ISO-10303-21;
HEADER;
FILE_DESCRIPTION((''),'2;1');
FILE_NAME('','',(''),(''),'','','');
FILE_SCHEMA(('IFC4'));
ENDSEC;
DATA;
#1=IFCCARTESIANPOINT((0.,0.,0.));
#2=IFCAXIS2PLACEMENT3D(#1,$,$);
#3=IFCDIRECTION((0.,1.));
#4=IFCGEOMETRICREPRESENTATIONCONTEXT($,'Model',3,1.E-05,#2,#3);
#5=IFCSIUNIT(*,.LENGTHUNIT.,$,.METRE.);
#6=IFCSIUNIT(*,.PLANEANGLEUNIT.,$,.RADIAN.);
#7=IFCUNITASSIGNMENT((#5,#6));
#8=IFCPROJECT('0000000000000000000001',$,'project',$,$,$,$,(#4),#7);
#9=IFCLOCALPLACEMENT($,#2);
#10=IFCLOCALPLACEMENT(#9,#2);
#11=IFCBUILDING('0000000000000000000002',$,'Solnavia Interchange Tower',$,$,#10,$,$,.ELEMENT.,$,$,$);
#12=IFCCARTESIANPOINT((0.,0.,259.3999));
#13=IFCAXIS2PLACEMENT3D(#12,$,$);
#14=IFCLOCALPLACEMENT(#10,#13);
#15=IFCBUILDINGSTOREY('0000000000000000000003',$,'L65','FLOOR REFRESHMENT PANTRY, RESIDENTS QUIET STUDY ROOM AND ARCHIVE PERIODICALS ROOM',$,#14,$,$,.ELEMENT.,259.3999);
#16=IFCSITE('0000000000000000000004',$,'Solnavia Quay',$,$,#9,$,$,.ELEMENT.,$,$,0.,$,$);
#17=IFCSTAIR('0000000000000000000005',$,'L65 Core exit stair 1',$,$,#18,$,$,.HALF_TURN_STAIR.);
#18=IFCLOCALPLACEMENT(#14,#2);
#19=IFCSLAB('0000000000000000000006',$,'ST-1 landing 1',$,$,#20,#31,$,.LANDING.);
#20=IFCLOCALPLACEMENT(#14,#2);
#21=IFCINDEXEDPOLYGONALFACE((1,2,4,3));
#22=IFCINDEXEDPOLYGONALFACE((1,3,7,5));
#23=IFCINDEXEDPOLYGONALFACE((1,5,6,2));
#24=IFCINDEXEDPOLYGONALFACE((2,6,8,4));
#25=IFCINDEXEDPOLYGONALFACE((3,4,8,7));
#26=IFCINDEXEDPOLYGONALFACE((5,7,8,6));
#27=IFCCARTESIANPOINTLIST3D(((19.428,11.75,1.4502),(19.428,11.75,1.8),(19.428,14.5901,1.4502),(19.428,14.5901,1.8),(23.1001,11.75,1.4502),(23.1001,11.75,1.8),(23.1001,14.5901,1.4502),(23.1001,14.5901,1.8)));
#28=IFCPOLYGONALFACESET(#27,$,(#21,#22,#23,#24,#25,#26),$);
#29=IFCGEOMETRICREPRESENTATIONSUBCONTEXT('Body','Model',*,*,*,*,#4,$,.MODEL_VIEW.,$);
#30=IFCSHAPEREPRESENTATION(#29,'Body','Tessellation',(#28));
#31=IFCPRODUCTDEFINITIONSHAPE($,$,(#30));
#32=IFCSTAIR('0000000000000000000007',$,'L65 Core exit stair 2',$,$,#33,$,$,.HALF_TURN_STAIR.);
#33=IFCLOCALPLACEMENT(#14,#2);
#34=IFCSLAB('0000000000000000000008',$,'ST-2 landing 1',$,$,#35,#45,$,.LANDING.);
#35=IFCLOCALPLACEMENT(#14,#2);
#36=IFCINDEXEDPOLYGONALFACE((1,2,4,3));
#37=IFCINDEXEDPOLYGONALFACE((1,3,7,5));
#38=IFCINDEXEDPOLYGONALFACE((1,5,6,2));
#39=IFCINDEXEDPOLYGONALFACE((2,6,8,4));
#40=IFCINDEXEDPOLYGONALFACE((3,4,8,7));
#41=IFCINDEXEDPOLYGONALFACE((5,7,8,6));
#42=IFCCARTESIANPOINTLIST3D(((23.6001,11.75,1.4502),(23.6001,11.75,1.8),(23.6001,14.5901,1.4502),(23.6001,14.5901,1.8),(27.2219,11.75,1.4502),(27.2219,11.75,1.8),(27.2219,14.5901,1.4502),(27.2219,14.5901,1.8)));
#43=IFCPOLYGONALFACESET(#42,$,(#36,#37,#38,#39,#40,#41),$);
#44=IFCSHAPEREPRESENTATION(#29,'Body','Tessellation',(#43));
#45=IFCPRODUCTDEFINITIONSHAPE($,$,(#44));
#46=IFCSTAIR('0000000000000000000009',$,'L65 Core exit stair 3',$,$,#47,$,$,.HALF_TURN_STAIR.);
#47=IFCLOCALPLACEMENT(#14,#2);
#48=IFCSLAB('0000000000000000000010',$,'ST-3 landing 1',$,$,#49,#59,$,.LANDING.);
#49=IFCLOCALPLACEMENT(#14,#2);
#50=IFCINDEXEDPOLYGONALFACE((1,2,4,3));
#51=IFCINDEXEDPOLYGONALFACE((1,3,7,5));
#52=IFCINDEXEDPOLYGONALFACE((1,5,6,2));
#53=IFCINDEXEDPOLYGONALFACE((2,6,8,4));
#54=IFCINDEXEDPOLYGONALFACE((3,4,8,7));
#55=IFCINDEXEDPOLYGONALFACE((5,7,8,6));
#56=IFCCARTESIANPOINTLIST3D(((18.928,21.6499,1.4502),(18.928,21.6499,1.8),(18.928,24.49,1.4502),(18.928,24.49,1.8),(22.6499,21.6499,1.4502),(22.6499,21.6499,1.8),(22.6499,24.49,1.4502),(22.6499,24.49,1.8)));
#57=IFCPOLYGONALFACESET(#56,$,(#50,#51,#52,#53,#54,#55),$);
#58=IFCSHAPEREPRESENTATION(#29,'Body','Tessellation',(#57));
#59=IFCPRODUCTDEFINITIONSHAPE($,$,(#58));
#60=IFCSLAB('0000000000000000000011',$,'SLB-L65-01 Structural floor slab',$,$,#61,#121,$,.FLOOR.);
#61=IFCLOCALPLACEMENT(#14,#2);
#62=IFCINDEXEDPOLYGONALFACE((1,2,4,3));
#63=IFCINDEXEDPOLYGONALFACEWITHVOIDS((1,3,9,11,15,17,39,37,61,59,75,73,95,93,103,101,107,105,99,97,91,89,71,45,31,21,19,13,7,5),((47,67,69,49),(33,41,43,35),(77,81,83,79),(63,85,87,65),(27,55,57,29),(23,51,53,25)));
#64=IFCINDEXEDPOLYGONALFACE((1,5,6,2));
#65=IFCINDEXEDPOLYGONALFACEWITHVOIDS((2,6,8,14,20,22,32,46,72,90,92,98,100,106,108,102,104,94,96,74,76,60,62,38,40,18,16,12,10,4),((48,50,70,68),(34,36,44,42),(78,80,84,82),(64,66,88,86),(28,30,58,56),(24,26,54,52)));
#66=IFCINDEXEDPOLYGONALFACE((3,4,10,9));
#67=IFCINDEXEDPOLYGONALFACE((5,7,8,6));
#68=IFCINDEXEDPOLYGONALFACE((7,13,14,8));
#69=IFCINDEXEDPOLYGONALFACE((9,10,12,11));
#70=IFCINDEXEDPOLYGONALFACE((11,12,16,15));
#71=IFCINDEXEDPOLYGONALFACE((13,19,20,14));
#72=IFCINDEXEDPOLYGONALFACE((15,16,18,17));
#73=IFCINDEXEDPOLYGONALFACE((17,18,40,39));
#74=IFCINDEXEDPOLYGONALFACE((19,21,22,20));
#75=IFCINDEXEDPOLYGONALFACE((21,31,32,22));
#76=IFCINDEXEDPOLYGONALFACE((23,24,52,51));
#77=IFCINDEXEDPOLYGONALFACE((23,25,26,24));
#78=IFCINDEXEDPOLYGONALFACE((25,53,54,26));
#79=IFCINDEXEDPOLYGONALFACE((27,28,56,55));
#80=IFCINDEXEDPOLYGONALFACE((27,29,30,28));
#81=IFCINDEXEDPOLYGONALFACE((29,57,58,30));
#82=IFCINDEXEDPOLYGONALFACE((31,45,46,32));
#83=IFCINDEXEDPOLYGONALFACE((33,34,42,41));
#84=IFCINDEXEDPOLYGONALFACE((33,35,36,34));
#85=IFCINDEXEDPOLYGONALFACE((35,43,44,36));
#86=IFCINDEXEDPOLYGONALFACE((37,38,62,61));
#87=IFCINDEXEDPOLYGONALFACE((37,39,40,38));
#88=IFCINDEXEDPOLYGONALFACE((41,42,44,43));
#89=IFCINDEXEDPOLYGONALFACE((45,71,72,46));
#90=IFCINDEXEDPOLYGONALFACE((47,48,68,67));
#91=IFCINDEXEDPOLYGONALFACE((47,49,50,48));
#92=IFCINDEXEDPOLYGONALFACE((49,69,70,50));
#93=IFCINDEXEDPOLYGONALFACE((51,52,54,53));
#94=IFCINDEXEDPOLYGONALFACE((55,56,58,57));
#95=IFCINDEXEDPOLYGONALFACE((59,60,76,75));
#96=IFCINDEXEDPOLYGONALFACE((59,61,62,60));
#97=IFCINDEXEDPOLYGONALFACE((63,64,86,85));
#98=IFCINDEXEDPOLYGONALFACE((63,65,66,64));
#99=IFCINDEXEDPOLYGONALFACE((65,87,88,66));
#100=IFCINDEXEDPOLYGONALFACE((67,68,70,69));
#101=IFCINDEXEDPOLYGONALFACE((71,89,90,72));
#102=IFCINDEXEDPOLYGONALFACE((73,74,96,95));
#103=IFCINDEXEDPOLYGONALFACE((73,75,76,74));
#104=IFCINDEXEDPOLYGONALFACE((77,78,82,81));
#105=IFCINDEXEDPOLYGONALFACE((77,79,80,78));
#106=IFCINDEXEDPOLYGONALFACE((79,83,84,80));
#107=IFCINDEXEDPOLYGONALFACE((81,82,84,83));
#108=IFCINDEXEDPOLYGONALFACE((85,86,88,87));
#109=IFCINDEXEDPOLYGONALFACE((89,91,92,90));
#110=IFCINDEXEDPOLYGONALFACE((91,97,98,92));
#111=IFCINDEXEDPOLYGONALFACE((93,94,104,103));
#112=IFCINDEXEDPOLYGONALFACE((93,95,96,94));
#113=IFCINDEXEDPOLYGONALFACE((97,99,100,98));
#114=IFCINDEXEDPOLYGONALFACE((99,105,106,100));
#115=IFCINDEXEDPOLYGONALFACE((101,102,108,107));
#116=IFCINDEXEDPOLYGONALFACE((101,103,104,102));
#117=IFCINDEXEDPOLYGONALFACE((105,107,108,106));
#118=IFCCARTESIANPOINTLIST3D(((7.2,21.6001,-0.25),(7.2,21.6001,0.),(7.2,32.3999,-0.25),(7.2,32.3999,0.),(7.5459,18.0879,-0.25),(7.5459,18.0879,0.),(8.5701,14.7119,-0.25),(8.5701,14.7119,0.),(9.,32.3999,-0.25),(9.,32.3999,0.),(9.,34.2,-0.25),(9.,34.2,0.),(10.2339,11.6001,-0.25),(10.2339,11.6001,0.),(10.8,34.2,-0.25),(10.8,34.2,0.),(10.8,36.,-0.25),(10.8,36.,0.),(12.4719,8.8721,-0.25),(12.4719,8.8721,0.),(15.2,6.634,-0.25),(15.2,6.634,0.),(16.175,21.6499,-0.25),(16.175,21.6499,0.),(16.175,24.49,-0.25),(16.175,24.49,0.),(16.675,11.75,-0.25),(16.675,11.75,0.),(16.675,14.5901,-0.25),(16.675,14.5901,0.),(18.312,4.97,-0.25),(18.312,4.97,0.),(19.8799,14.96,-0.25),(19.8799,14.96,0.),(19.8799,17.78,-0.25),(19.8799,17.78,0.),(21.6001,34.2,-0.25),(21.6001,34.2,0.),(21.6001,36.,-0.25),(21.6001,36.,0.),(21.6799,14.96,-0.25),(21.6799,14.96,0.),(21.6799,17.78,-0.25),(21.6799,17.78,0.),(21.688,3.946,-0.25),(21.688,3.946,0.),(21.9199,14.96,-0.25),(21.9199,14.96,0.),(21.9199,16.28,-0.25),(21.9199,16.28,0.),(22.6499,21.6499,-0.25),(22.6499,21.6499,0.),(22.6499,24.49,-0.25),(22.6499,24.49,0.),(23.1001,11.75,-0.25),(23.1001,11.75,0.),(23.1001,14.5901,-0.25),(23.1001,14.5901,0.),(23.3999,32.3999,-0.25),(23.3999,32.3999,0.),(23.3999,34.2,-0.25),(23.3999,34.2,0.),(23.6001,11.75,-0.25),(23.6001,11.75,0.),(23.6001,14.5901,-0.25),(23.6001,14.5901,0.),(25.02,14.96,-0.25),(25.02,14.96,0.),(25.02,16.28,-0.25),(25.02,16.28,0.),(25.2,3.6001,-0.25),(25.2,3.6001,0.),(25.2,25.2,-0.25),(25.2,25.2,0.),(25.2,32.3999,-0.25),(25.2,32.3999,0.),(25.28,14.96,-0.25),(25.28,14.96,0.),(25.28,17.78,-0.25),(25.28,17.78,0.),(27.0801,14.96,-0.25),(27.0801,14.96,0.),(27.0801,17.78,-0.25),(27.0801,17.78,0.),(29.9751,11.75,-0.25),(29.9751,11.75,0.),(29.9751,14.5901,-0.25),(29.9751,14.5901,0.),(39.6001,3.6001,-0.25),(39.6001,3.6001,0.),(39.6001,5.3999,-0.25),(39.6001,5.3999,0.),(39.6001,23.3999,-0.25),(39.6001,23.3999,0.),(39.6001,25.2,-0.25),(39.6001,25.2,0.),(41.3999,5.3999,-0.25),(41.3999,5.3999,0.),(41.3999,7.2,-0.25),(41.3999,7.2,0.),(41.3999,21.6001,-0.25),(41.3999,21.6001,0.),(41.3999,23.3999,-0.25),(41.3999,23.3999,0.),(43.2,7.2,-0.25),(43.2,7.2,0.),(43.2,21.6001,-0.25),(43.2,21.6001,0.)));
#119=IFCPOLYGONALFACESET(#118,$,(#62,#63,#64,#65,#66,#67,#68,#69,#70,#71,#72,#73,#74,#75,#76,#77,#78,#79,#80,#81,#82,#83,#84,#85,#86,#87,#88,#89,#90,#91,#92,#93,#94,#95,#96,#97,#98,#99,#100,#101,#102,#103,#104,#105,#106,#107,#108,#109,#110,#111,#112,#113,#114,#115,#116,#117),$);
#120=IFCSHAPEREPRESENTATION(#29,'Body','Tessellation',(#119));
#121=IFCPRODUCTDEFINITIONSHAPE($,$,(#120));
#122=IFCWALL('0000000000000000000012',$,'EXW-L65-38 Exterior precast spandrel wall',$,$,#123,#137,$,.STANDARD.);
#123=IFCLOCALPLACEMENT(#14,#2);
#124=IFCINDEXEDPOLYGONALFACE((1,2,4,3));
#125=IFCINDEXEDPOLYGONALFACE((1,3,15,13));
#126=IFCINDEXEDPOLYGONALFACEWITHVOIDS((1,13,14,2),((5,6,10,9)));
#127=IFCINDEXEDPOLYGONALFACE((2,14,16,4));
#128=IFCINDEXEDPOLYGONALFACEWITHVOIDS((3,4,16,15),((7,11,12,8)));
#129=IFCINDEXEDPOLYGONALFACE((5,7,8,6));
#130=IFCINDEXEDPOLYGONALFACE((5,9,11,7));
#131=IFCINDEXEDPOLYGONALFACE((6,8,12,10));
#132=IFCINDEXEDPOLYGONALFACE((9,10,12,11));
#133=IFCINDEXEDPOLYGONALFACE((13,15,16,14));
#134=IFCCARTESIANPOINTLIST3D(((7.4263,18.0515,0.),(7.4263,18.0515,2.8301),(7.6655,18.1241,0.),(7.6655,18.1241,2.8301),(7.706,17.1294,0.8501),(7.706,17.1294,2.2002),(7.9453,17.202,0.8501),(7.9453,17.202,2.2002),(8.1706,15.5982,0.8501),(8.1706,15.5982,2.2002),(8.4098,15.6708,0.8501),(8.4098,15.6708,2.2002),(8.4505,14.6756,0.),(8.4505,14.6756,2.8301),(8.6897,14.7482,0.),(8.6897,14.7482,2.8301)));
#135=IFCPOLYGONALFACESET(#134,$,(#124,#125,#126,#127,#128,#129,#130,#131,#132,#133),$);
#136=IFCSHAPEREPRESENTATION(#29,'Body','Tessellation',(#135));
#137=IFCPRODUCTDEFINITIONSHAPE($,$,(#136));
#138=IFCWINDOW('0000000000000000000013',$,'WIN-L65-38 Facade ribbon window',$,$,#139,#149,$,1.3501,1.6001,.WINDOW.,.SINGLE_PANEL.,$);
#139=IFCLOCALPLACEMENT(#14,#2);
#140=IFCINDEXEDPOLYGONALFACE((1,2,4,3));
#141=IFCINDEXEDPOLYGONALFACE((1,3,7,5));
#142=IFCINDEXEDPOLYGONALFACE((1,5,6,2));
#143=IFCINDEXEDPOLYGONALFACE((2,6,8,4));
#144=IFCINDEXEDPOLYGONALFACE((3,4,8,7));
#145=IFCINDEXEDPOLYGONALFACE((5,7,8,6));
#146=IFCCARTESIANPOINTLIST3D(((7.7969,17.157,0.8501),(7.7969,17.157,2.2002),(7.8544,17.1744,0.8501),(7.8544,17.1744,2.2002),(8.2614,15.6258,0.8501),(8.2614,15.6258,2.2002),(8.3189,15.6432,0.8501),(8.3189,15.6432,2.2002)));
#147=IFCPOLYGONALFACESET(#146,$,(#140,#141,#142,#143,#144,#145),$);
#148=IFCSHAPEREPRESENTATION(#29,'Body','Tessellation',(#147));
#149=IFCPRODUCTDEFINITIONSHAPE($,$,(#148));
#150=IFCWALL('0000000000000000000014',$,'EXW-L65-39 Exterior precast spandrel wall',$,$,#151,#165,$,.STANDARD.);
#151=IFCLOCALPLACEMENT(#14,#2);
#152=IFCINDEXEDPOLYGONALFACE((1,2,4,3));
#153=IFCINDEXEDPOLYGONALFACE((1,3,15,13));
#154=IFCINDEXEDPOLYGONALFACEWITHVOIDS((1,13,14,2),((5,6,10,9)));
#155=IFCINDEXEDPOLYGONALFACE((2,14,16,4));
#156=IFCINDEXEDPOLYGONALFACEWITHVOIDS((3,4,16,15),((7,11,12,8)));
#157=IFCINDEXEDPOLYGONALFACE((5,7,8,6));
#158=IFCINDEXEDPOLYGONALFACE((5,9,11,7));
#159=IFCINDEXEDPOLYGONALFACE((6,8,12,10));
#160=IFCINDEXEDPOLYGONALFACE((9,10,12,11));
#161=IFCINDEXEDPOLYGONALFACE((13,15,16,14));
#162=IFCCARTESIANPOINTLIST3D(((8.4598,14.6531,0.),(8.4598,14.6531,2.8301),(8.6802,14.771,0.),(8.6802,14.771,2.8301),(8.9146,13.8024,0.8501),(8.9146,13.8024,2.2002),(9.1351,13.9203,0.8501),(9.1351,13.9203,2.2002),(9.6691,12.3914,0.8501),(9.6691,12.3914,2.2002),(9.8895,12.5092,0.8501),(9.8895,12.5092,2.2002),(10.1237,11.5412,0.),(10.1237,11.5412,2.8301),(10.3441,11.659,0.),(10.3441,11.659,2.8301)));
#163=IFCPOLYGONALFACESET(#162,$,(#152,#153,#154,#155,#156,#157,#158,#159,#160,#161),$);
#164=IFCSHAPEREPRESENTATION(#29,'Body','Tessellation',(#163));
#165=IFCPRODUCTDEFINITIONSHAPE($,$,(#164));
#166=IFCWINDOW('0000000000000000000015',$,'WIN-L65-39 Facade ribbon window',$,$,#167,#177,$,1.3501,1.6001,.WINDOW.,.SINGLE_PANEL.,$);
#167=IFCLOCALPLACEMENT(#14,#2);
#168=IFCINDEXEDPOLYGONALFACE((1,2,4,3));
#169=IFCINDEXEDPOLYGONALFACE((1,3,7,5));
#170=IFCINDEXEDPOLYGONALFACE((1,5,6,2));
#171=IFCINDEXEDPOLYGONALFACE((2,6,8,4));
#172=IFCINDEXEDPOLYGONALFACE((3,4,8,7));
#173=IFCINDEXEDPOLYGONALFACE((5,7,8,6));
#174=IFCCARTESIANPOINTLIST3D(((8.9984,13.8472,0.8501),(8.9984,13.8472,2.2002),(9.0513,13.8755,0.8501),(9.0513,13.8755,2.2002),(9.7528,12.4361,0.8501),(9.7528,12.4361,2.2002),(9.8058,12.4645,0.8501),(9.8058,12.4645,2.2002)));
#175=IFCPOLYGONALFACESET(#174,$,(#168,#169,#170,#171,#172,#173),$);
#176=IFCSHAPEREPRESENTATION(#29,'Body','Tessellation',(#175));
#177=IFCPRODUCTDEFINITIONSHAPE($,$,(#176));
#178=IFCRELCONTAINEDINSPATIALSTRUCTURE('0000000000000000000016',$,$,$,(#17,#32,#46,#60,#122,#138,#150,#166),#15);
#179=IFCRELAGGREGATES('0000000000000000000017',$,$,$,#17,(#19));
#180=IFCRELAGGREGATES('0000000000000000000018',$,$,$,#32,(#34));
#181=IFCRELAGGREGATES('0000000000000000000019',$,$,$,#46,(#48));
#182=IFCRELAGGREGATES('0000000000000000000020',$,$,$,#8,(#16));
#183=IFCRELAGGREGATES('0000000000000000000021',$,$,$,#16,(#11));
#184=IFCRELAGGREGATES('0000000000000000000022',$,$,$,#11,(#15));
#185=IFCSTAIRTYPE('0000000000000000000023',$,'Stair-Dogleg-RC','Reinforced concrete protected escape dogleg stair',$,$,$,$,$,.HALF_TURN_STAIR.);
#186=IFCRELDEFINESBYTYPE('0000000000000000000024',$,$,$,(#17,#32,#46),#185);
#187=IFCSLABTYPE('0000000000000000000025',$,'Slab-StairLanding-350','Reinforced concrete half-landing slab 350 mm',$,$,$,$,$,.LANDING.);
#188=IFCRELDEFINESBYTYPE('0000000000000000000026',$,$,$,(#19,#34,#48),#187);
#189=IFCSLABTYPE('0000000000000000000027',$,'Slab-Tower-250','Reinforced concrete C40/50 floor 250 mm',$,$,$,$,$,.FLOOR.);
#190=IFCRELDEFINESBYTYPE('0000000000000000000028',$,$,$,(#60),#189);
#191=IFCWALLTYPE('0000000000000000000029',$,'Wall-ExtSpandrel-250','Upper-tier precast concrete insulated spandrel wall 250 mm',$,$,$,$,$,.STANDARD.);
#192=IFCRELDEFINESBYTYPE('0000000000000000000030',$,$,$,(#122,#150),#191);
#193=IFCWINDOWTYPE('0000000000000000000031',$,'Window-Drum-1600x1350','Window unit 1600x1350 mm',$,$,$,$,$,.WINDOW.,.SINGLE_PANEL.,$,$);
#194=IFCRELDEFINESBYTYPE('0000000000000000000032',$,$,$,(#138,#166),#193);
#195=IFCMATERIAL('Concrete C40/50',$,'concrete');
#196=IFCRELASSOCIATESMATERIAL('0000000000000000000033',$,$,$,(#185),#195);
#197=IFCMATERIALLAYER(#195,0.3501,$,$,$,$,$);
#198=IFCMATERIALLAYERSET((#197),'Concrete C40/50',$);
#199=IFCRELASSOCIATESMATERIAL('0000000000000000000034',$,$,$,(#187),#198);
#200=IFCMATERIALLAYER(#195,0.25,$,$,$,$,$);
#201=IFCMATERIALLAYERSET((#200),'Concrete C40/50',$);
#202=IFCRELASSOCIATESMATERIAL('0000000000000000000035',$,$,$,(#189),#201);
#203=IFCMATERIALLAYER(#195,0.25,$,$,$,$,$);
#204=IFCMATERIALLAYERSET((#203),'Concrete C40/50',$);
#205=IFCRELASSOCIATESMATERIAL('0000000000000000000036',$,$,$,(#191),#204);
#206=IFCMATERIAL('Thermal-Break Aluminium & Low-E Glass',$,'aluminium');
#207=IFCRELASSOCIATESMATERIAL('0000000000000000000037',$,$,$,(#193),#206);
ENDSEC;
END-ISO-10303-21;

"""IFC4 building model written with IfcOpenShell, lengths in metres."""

from ifc_helpers import new_model, si_unit, direction, frame, frame_2d, origin, place, context, subcontext, project, spatial, polyline, rectangle, outline, extrude, material, layer, layer_set, type_object, element, fill, aggregate, save


model = new_model("IFC4")

# Units and contexts
model_context = context("Model", 3, precision=1e-05, world=origin(), true_north=direction((0.0, 1.0)))
body_context = subcontext(model_context, "Body", "Model", "MODEL_VIEW")
ifc_project = project(units=[si_unit("LENGTHUNIT", "METRE"), si_unit("PLANEANGLEUNIT", "RADIAN")], contexts=[model_context])

# Site, building, storey
site_placement = place(None, origin())
site = spatial("IfcSite", under=ifc_project, at=site_placement, Name="Solnavia Quay", CompositionType="ELEMENT", RefElevation=0.0)
building_placement = place(site_placement, origin())
building = spatial("IfcBuilding", under=site, at=building_placement, Name="Solnavia Interchange Tower", CompositionType="ELEMENT")
storey_placement = place(building_placement, frame((0.0, 0.0, 259.3999)))
storey = spatial("IfcBuildingStorey", under=building, at=storey_placement, Name="L65", Description="FLOOR REFRESHMENT PANTRY, RESIDENTS QUIET STUDY ROOM AND ARCHIVE PERIODICALS ROOM", CompositionType="ELEMENT", Elevation=259.3999)

# Stairs, slabs
ifc_material_1 = material(Name="Concrete C40/50", Category="concrete")
stair_type = type_object("IfcStairType", Name="Stair-Dogleg-RC", Description="Reinforced concrete protected escape dogleg stair", PredefinedType="HALF_TURN_STAIR", material=ifc_material_1)
stair_1_placement = place(storey_placement, origin())
stair_1 = element("IfcStair", 1, at=stair_1_placement, inside=storey, type_object=stair_type, Name="L65 Core exit stair 1", PredefinedType="HALF_TURN_STAIR")
ifc_layer_1 = layer(ifc_material_1, 0.3501)
ifc_layer_set_1 = layer_set([ifc_layer_1], Name="Concrete C40/50")
slab_type_1 = type_object("IfcSlabType", Name="Slab-StairLanding-350", Description="Reinforced concrete half-landing slab 350 mm", PredefinedType="LANDING", material=ifc_layer_set_1)
slab_1_placement = place(storey_placement, frame((0.0, 0.0, 1.4502)))
slab_1 = element("IfcSlab", 2, at=slab_1_placement, type_object=slab_type_1, Name="ST-1 landing 1", PredefinedType="LANDING", context=body_context, shape_type="SweptSolid", body=[
    extrude(outline(polyline([(19.428, 11.75), (23.1001, 11.75), (23.1001, 14.5901), (19.428, 14.5901), (19.428, 11.75)])), origin(), (0.0, 0.0, 1.0), 0.3499),
])
aggregate(stair_1, [slab_1])
stair_2_placement = place(storey_placement, origin())
stair_2 = element("IfcStair", 3, at=stair_2_placement, inside=storey, type_object=stair_type, Name="L65 Core exit stair 2", PredefinedType="HALF_TURN_STAIR")
slab_2_placement = place(storey_placement, frame((0.0, 0.0, 1.4502)))
slab_2 = element("IfcSlab", 4, at=slab_2_placement, type_object=slab_type_1, Name="ST-2 landing 1", PredefinedType="LANDING", context=body_context, shape_type="SweptSolid", body=[
    extrude(outline(polyline([(23.6001, 11.75), (27.2219, 11.75), (27.2219, 14.5901), (23.6001, 14.5901), (23.6001, 11.75)])), origin(), (0.0, 0.0, 1.0), 0.3499),
])
aggregate(stair_2, [slab_2])
stair_3_placement = place(storey_placement, origin())
stair_3 = element("IfcStair", 5, at=stair_3_placement, inside=storey, type_object=stair_type, Name="L65 Core exit stair 3", PredefinedType="HALF_TURN_STAIR")
slab_3_placement = place(storey_placement, frame((0.0, 0.0, 1.4502)))
slab_3 = element("IfcSlab", 6, at=slab_3_placement, type_object=slab_type_1, Name="ST-3 landing 1", PredefinedType="LANDING", context=body_context, shape_type="SweptSolid", body=[
    extrude(outline(polyline([(18.928, 21.6499), (22.6499, 21.6499), (22.6499, 24.49), (18.928, 24.49), (18.928, 21.6499)])), origin(), (0.0, 0.0, 1.0), 0.3499),
])
aggregate(stair_3, [slab_3])

# Slab
ifc_layer_2 = layer(ifc_material_1, 0.25)
ifc_layer_set_2 = layer_set([ifc_layer_2], Name="Concrete C40/50")
slab_type_2 = type_object("IfcSlabType", Name="Slab-Tower-250", Description="Reinforced concrete C40/50 floor 250 mm", PredefinedType="FLOOR", material=ifc_layer_set_2)
slab_4_placement = place(storey_placement, frame((0.0, 0.0, -0.25)))
element("IfcSlab", 7, at=slab_4_placement, inside=storey, type_object=slab_type_2, Name="SLB-L65-01 Structural floor slab", PredefinedType="FLOOR", context=body_context, shape_type="SweptSolid", body=[
    extrude(outline(polyline([(25.2, 3.6001), (39.6001, 3.6001), (39.6001, 5.3999), (41.3999, 5.3999), (41.3999, 7.2), (43.2, 7.2), (43.2, 21.6001), (41.3999, 21.6001), (41.3999, 23.3999), (39.6001, 23.3999), (39.6001, 25.2), (25.2, 25.2), (25.2, 32.3999), (23.3999, 32.3999), (23.3999, 34.2), (21.6001, 34.2), (21.6001, 36.0), (10.8, 36.0), (10.8, 34.2), (9.0, 34.2), (9.0, 32.3999), (7.2, 32.3999), (7.2, 21.6001), (7.5459, 18.0879), (8.5701, 14.7119), (10.2339, 11.6001), (12.4719, 8.8721), (15.2, 6.634), (18.312, 4.97), (21.688, 3.946), (25.2, 3.6001)]), holes=[polyline([(16.675, 11.75), (23.1001, 11.75), (23.1001, 14.5901), (16.675, 14.5901), (16.675, 11.75)]), polyline([(23.6001, 11.75), (29.9751, 11.75), (29.9751, 14.5901), (23.6001, 14.5901), (23.6001, 11.75)]), polyline([(16.175, 21.6499), (22.6499, 21.6499), (22.6499, 24.49), (16.175, 24.49), (16.175, 21.6499)]), polyline([(19.8799, 14.96), (21.6799, 14.96), (21.6799, 17.78), (19.8799, 17.78), (19.8799, 14.96)]), polyline([(25.28, 14.96), (27.0801, 14.96), (27.0801, 17.78), (25.28, 17.78), (25.28, 14.96)]), polyline([(21.9199, 14.96), (25.02, 14.96), (25.02, 16.28), (21.9199, 16.28), (21.9199, 14.96)])]), origin(), (0.0, 0.0, 1.0), 0.25),
])

# Walls, openings, windows
ifc_layer_3 = layer(ifc_material_1, 0.25)
ifc_layer_set_3 = layer_set([ifc_layer_3], Name="Concrete C40/50")
wall_type_1 = type_object("IfcWallType", Name="Wall-ExtSpandrel-250", Description="Upper-tier precast concrete insulated spandrel wall 250 mm", PredefinedType="STANDARD", material=ifc_layer_set_3)
wall_1_placement = place(storey_placement, frame((8.5701, 14.7119, 0.0), z_axis=(0.0, 0.0, 1.0), x_axis=(-0.290305, 0.956934, 0.0)))
wall_1 = element("IfcWall", 8, at=wall_1_placement, inside=storey, type_object=wall_type_1, Name="EXW-L65-38 Exterior precast spandrel wall", PredefinedType="STANDARD", context=body_context, shape_type="SweptSolid", body=[
    extrude(rectangle(XDim=3.5278, YDim=0.25, at=frame_2d((1.7639, 0.0))), origin(), (0.0, 0.0, 1.0), 2.8301),
])
opening_1_placement = place(wall_1_placement, frame((0.9641, 0.0, 0.8501)))
opening_1 = element("IfcOpeningElement", 9, at=opening_1_placement, cuts=wall_1, PredefinedType="OPENING", context=body_context, shape_type="SweptSolid", body=[
    extrude(rectangle(XDim=1.6001, YDim=1.3501, at=frame_2d((0.8, 0.675))), frame((0.0, 0.135, 0.0), z_axis=(0.0, -1.0, 0.0), x_axis=(1.0, 0.0, 0.0)), (0.0, 0.0, 1.0), 0.27),
])
ifc_material_2 = material(Name="Thermal-Break Aluminium & Low-E Glass", Category="aluminium")
window_type = type_object("IfcWindowType", Name="Window-Drum-1600x1350", Description="Window unit 1600x1350 mm", PartitioningType="SINGLE_PANEL", PredefinedType="WINDOW", material=ifc_material_2)
window_1_placement = place(opening_1_placement, origin())
window_1 = element("IfcWindow", 10, at=window_1_placement, inside=storey, type_object=window_type, Name="WIN-L65-38 Facade ribbon window", OverallHeight=1.3501, OverallWidth=1.6001, PartitioningType="SINGLE_PANEL", PredefinedType="WINDOW", context=body_context, shape_type="SweptSolid", body=[
    extrude(rectangle(XDim=1.6001, YDim=1.3501, at=frame_2d((0.8, 0.675))), frame((0.0, 0.03, 0.0), z_axis=(0.0, -1.0, 0.0), x_axis=(1.0, 0.0, 0.0)), (0.0, 0.0, 1.0), 0.0601),
])
fill(opening_1, window_1)
wall_2_placement = place(storey_placement, frame((10.2339, 11.6001, 0.0), z_axis=(0.0, 0.0, 1.0), x_axis=(-0.471511, 0.88186, 0.0)))
wall_2 = element("IfcWall", 11, at=wall_2_placement, inside=storey, type_object=wall_type_1, Name="EXW-L65-39 Exterior precast spandrel wall", PredefinedType="STANDARD", context=body_context, shape_type="SweptSolid", body=[
    extrude(rectangle(XDim=3.5288, YDim=0.25, at=frame_2d((1.7644, 0.0))), origin(), (0.0, 0.0, 1.0), 2.8301),
])
opening_2_placement = place(wall_2_placement, frame((0.9641, 0.0, 0.8501)))
opening_2 = element("IfcOpeningElement", 12, at=opening_2_placement, cuts=wall_2, PredefinedType="OPENING", context=body_context, shape_type="SweptSolid", body=[
    extrude(rectangle(XDim=1.6001, YDim=1.3501, at=frame_2d((0.8, 0.675))), frame((0.0, 0.135, 0.0), z_axis=(0.0, -1.0, 0.0), x_axis=(1.0, 0.0, 0.0)), (0.0, 0.0, 1.0), 0.27),
])
window_2_placement = place(opening_2_placement, origin())
window_2 = element("IfcWindow", 13, at=window_2_placement, inside=storey, type_object=window_type, Name="WIN-L65-39 Facade ribbon window", OverallHeight=1.3501, OverallWidth=1.6001, PartitioningType="SINGLE_PANEL", PredefinedType="WINDOW", context=body_context, shape_type="SweptSolid", body=[
    extrude(rectangle(XDim=1.6001, YDim=1.3501, at=frame_2d((0.8, 0.675))), frame((0.0, 0.03, 0.0), z_axis=(0.0, -1.0, 0.0), x_axis=(1.0, 0.0, 0.0)), (0.0, 0.0, 1.0), 0.0601),
])
fill(opening_2, window_2)

save(model, "model.ifc")
